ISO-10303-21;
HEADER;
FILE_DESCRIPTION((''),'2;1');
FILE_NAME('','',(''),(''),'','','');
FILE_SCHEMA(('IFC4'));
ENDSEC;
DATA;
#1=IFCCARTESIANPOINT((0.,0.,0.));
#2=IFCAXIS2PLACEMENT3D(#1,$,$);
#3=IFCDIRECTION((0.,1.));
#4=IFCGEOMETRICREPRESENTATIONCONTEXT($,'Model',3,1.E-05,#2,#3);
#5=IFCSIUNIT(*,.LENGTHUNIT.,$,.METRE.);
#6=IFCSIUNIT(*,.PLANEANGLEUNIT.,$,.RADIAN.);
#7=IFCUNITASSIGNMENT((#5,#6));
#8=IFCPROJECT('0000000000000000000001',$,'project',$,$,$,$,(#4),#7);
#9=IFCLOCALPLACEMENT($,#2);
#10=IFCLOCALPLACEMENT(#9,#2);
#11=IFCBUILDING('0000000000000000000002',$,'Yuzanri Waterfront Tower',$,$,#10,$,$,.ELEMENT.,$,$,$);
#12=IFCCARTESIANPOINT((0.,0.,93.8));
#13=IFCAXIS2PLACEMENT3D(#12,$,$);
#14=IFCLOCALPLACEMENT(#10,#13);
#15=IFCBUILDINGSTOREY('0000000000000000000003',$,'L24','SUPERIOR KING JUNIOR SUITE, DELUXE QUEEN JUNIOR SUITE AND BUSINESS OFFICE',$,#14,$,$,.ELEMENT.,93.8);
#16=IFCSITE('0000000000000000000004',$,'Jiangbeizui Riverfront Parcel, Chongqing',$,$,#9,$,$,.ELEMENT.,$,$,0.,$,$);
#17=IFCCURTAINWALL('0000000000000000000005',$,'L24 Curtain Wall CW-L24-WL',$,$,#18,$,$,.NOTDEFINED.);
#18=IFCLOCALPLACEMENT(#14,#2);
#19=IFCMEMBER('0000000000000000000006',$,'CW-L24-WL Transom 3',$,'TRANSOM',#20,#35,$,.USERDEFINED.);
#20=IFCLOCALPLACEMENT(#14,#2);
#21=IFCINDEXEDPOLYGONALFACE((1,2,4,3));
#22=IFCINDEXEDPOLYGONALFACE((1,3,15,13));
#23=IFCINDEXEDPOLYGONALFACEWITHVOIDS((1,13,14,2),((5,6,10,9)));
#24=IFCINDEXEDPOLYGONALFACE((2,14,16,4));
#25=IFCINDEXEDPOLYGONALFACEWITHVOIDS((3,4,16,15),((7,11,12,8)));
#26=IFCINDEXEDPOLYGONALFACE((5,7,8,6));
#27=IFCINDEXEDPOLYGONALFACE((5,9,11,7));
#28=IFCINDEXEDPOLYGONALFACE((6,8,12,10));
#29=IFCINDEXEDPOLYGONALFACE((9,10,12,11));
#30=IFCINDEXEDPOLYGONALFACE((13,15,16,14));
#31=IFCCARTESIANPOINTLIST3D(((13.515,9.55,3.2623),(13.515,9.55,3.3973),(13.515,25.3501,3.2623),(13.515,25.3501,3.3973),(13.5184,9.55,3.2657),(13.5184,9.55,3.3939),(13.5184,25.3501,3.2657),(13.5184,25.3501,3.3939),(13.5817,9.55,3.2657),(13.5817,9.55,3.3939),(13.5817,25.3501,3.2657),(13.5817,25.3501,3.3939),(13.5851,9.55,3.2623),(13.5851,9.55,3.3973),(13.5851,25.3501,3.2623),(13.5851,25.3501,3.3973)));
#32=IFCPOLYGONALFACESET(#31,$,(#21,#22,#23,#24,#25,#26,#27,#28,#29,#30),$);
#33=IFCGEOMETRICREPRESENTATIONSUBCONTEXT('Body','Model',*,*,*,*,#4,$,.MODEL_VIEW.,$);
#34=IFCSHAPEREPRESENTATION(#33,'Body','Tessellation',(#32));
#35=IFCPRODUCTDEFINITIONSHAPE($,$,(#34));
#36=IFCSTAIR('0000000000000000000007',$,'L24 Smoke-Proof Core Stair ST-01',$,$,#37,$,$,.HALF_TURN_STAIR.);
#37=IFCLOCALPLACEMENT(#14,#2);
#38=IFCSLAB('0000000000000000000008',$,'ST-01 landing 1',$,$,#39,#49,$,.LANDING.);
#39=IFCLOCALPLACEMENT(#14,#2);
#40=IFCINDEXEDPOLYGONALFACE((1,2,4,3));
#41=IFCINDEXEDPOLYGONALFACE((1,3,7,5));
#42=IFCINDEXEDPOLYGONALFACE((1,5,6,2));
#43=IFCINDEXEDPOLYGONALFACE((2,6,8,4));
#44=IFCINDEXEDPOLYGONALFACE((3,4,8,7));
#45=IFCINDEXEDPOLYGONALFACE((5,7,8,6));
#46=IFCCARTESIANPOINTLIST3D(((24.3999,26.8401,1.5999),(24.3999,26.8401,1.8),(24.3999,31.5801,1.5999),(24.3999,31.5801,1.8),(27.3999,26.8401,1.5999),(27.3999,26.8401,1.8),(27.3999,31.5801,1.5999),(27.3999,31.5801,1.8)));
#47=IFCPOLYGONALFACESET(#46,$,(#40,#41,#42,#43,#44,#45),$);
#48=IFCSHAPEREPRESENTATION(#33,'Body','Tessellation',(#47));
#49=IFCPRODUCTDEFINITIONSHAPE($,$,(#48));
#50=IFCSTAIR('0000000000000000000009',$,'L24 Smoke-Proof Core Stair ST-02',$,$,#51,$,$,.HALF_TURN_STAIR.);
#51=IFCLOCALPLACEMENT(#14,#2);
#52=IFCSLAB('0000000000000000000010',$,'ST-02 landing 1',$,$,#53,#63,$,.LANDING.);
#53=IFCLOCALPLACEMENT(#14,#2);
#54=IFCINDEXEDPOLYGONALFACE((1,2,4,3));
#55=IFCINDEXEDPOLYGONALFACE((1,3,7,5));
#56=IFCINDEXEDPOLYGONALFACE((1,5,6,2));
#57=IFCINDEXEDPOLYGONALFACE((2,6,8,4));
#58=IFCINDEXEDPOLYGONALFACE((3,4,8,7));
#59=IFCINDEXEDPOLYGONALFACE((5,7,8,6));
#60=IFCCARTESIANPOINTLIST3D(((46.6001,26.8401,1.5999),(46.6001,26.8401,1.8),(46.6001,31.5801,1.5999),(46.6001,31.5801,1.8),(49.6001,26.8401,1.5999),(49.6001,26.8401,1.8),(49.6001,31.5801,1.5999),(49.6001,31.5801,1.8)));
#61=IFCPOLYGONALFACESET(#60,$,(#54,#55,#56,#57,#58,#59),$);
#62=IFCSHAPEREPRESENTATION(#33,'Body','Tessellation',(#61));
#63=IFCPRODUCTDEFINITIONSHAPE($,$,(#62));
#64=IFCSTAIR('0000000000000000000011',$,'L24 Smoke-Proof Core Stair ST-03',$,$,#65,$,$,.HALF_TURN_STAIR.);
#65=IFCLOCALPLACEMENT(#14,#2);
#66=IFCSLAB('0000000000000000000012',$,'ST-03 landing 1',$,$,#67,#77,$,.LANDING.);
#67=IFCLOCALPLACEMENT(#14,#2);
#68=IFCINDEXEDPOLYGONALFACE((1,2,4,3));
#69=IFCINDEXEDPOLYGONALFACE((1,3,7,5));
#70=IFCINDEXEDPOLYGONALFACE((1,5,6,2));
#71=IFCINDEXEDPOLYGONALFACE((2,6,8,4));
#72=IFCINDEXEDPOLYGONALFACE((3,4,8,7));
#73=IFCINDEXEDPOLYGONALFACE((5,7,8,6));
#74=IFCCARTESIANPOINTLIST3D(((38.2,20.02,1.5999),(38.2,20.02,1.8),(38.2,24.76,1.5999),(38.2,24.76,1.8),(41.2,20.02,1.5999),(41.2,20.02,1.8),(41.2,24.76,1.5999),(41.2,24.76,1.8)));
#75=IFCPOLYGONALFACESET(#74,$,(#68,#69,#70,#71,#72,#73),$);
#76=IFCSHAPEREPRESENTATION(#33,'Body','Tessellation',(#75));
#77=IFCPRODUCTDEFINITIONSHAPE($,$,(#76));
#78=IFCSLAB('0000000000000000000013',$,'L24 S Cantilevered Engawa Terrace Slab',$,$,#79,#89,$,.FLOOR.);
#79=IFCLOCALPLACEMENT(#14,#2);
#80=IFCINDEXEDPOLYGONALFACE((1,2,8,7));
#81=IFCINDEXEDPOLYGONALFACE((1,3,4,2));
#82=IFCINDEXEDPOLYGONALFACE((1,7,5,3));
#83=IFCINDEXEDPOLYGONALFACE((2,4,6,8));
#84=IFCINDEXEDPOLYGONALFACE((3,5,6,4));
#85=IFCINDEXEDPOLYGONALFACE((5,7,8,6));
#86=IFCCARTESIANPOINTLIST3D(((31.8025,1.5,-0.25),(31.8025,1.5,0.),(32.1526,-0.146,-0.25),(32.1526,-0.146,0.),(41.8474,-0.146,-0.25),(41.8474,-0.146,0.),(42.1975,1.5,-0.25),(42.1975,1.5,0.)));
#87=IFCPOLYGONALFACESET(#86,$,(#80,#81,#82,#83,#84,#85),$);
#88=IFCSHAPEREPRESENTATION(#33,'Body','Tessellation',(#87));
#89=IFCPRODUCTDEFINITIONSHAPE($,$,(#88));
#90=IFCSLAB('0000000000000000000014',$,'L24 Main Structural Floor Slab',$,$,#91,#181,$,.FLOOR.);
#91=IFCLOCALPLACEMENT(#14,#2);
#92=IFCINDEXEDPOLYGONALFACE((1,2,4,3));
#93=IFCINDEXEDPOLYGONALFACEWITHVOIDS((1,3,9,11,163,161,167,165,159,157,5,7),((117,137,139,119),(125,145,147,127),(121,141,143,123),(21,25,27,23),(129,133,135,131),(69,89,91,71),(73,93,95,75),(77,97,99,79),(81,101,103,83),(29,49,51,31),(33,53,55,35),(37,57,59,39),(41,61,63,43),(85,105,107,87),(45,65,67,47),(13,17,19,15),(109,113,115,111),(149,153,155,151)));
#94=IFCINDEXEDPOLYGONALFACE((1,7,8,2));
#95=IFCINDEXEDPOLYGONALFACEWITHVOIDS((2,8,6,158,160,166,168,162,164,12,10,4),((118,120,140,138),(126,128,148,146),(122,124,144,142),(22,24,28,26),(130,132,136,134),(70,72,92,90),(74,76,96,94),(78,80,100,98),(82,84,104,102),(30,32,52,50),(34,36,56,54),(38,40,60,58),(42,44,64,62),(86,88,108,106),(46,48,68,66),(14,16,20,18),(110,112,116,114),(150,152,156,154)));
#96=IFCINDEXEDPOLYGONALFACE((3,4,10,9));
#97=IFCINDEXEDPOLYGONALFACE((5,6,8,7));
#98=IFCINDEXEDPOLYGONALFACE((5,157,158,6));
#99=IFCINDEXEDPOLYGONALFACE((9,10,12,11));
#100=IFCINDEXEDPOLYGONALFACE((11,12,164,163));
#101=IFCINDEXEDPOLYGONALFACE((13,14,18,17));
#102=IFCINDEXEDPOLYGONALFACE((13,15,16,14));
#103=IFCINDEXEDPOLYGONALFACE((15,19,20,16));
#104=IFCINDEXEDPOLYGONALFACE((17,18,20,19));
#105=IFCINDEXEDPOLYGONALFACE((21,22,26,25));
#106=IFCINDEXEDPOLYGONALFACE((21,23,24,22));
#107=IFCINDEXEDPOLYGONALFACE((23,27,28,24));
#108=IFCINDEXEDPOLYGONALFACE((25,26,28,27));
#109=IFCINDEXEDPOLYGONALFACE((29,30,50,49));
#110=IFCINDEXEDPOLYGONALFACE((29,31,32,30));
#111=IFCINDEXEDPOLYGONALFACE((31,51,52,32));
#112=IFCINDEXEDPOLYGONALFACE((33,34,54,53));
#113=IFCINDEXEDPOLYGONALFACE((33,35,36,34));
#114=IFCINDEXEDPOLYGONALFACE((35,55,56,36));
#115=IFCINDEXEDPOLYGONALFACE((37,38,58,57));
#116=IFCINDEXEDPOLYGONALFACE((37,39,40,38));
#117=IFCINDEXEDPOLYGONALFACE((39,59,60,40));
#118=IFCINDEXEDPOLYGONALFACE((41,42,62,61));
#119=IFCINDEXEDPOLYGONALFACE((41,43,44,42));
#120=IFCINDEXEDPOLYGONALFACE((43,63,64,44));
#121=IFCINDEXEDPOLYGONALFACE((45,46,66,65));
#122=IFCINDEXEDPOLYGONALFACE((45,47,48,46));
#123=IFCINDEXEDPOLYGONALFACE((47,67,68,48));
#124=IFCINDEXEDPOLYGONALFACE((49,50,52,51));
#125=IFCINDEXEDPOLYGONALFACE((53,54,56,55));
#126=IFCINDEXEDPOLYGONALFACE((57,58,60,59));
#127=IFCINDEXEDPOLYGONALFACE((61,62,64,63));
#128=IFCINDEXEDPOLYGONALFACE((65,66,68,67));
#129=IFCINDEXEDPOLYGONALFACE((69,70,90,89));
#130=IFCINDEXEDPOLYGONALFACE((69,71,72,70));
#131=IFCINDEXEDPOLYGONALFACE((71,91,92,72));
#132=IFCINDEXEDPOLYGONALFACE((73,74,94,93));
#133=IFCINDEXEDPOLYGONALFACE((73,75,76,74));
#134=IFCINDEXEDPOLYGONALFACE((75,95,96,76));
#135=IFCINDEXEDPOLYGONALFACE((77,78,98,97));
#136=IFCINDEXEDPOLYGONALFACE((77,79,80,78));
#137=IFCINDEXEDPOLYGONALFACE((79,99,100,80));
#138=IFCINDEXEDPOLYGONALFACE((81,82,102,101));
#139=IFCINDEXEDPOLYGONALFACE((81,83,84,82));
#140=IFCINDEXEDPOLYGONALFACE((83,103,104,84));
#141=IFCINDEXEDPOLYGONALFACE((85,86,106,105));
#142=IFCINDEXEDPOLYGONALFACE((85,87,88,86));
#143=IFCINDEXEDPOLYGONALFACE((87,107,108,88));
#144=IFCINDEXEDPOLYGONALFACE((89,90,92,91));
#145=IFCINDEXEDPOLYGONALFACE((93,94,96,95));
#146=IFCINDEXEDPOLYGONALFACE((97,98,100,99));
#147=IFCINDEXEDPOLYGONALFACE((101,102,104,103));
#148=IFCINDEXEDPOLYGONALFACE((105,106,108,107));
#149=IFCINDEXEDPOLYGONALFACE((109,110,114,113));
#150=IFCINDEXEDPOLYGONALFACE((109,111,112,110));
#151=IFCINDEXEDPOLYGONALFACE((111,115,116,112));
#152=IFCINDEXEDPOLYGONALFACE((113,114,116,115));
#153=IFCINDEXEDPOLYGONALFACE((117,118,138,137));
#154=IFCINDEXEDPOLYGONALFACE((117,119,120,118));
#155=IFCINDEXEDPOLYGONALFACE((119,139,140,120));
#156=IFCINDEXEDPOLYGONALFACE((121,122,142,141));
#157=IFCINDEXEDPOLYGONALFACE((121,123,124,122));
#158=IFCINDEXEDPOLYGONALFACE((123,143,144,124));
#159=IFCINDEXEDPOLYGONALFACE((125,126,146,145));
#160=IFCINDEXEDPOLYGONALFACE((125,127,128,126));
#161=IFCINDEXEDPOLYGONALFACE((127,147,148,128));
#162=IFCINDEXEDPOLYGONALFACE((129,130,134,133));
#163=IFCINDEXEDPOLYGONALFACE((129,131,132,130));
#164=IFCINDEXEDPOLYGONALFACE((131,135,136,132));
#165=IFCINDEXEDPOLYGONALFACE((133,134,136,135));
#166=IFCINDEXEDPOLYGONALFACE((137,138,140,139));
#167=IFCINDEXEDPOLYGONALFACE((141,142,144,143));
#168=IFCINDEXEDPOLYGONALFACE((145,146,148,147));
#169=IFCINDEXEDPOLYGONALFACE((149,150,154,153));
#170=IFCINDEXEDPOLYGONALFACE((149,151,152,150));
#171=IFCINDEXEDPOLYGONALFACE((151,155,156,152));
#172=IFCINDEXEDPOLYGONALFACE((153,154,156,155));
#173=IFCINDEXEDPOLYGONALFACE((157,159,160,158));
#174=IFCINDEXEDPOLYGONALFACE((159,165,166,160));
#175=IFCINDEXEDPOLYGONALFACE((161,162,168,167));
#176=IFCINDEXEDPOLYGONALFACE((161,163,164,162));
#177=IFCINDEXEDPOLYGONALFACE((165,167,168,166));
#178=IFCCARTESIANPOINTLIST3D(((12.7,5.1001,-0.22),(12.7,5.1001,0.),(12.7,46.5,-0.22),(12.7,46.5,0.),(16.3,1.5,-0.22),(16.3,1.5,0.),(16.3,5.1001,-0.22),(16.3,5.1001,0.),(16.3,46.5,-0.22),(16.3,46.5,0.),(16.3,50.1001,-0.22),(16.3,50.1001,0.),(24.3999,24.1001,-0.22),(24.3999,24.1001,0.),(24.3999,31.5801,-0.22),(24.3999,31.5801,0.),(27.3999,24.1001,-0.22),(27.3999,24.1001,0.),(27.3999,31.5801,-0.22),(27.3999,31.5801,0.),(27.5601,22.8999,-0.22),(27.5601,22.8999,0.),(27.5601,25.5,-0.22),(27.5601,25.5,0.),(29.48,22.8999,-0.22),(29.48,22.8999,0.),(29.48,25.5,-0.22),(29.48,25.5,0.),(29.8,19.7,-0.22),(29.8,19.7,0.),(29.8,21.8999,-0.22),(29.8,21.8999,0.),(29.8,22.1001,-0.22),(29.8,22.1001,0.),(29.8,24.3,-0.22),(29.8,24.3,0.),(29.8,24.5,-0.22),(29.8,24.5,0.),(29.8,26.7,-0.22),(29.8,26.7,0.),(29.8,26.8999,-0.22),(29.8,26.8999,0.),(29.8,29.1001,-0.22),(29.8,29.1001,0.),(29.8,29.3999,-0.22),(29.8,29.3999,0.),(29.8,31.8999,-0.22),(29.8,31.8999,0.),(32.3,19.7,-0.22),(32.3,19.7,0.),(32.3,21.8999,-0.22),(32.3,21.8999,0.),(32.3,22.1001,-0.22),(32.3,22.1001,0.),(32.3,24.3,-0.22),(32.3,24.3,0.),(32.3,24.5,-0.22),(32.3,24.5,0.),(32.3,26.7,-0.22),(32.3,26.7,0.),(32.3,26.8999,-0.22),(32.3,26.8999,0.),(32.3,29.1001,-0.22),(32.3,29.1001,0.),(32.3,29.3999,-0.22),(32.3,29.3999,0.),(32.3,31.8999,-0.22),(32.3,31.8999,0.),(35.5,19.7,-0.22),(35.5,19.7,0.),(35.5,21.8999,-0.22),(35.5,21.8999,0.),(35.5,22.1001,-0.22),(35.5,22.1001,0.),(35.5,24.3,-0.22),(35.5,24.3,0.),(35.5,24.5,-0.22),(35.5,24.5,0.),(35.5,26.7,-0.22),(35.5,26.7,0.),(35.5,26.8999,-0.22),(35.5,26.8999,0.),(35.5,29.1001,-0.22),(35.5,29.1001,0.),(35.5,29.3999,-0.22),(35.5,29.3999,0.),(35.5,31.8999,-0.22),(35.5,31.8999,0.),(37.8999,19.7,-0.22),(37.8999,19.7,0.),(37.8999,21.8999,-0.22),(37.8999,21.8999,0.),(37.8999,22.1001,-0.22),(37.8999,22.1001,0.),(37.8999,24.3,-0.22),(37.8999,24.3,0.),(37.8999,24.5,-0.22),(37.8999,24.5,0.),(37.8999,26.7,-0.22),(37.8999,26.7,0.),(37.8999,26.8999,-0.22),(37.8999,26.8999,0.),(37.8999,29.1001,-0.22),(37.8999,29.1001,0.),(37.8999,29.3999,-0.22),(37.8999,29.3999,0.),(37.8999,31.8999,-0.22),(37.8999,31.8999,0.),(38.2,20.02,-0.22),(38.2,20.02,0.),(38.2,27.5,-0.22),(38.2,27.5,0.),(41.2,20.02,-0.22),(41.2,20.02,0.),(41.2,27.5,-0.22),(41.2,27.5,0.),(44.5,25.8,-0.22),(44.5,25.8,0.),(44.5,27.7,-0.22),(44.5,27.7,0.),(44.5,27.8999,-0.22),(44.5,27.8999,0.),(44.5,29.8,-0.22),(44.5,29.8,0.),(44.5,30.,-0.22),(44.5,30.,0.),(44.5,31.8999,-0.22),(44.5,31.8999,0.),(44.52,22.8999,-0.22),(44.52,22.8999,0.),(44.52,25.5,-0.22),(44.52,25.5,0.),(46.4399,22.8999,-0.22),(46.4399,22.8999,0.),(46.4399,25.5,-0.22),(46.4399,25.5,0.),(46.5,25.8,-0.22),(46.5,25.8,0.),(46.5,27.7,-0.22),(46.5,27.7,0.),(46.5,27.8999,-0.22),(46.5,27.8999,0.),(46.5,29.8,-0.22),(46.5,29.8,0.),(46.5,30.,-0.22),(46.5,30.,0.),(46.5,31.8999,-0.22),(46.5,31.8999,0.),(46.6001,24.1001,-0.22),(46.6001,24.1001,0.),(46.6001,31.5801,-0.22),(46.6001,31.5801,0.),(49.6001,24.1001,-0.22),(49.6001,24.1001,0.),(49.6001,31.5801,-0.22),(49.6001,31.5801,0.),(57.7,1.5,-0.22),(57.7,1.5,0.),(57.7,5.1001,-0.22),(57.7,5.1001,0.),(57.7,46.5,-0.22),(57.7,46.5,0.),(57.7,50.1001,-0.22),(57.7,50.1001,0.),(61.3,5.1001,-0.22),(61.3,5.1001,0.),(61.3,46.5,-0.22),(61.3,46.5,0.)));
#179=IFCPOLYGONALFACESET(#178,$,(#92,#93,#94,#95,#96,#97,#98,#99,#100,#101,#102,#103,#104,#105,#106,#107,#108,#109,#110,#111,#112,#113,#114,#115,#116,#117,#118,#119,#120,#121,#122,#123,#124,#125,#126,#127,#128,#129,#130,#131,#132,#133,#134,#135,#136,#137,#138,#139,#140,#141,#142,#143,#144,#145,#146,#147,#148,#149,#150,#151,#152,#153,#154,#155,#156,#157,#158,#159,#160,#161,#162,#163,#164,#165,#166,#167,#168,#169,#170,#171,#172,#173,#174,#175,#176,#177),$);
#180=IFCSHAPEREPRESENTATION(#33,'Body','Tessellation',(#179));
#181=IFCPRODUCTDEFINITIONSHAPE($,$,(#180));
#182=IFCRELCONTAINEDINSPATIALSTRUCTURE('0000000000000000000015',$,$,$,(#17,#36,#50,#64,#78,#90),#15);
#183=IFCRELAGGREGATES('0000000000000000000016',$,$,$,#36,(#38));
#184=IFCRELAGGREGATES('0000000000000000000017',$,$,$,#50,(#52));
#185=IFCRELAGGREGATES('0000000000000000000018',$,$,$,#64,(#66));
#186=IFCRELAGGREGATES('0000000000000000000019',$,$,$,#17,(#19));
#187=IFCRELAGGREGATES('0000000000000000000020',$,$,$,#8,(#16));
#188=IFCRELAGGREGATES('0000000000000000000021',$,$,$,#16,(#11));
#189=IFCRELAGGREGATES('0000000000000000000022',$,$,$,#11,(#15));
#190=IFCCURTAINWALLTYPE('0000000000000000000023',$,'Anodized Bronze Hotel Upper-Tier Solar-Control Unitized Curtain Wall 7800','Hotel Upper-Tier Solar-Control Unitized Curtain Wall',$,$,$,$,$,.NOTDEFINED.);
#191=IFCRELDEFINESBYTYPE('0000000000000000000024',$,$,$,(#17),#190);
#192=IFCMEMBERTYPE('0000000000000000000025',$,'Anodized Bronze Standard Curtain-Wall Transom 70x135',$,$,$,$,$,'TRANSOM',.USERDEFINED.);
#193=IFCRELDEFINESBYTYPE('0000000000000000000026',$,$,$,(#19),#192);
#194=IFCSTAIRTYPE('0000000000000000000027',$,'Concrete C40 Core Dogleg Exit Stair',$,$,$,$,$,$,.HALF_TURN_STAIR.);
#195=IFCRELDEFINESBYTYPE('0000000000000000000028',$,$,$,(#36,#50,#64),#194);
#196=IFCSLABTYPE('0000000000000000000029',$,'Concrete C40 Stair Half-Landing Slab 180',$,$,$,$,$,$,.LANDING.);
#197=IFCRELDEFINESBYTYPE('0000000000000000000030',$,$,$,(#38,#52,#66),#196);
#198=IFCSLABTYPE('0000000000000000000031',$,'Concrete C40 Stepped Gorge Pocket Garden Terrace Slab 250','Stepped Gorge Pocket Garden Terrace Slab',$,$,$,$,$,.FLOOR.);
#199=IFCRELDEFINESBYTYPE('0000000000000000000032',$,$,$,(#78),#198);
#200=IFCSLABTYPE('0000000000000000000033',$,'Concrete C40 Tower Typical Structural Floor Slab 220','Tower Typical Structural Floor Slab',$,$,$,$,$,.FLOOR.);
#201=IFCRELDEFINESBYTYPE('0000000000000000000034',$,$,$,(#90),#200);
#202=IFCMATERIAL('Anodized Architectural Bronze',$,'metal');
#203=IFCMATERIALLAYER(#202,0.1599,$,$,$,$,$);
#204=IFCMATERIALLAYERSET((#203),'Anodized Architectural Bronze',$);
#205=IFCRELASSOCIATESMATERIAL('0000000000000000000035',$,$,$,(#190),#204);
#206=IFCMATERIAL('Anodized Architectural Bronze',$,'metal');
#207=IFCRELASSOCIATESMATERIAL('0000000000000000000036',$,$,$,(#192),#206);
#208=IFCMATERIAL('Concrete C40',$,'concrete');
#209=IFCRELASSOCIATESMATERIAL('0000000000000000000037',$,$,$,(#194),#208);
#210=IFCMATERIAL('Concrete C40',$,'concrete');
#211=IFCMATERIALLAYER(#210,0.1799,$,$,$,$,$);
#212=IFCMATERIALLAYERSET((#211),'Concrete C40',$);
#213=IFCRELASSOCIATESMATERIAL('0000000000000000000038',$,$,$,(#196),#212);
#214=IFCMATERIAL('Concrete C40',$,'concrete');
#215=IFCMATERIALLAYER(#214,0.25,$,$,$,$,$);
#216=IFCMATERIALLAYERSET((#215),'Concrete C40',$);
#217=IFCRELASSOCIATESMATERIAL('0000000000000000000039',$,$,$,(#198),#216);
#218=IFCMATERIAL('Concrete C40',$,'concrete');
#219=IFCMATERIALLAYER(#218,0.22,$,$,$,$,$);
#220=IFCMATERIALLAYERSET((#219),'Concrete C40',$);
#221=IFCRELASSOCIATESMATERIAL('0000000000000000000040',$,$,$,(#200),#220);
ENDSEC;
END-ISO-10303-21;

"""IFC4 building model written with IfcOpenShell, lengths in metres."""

from ifc_helpers import new_model, si_unit, direction, frame, origin, origin_2d, place, context, subcontext, project, spatial, polyline, hollow_rectangle, outline, extrude, source, transform, mapped, material, layer, layer_set, material_profile, profile_set, type_object, element, aggregate, save


model = new_model("IFC4")

# Units and contexts
model_context = context("Model", 3, precision=1e-05, world=origin(), true_north=direction((0.0, 1.0)))
body_context = subcontext(model_context, "Body", "Model", "MODEL_VIEW")
ifc_project = project(units=[si_unit("LENGTHUNIT", "METRE"), si_unit("PLANEANGLEUNIT", "RADIAN")], contexts=[model_context])

# Site, building, storey
site_placement = place(None, origin())
site = spatial("IfcSite", under=ifc_project, at=site_placement, Name="Jiangbeizui Riverfront Parcel, Chongqing", CompositionType="ELEMENT", RefElevation=0.0)
building_placement = place(site_placement, origin())
building = spatial("IfcBuilding", under=site, at=building_placement, Name="Yuzanri Waterfront Tower", CompositionType="ELEMENT")
storey_placement = place(building_placement, frame((0.0, 0.0, 93.8)))
storey = spatial("IfcBuildingStorey", under=building, at=storey_placement, Name="L24", Description="SUPERIOR KING JUNIOR SUITE, DELUXE QUEEN JUNIOR SUITE AND BUSINESS OFFICE", CompositionType="ELEMENT", Elevation=93.8)

# Curtain wall, member
ifc_material_1 = material(Name="Anodized Architectural Bronze", Category="metal")
ifc_layer_1 = layer(ifc_material_1, 0.1599)
ifc_layer_set_1 = layer_set([ifc_layer_1], Name="Anodized Architectural Bronze")
curtain_wall_type = type_object("IfcCurtainWallType", Name="Anodized Bronze Hotel Upper-Tier Solar-Control Unitized Curtain Wall 7800", Description="Hotel Upper-Tier Solar-Control Unitized Curtain Wall", PredefinedType="NOTDEFINED", material=ifc_layer_set_1)
curtain_wall_placement = place(storey_placement, origin())
curtain_wall = element("IfcCurtainWall", 1, at=curtain_wall_placement, inside=storey, type_object=curtain_wall_type, Name="L24 Curtain Wall CW-L24-WL", PredefinedType="NOTDEFINED")
ifc_material_2 = material(Name="Anodized Architectural Bronze", Category="metal")
ifc_material_profile_1 = material_profile(ifc_material_2, hollow_rectangle(XDim=0.0701, YDim=0.135, WallThickness=0.0034, at=origin_2d()), Name="CWT 70x135")
ifc_profile_set_1 = profile_set([ifc_material_profile_1], Name="Anodized Architectural Bronze")
member_type_1 = type_object("IfcMemberType", Name="Anodized Bronze Standard Curtain-Wall Transom 70x135", ElementType="TRANSOM", PredefinedType="USERDEFINED", material=ifc_profile_set_1)
shared_shape_1 = source(origin(), body_context, "Body", "SweptSolid", [
    extrude(hollow_rectangle(XDim=0.0701, YDim=0.135, WallThickness=0.0034, at=origin_2d()), origin(), (0.0, 0.0, 1.0), 15.8),
])
member_1_placement = place(storey_placement, frame((13.55, 9.55, 3.3298), z_axis=(0.0, 1.0, 0.0), x_axis=(-1.0, 0.0, 0.0)))
member_1 = element("IfcMember", 2, at=member_1_placement, type_object=member_type_1, Name="CW-L24-WL Transom 3", ObjectType="TRANSOM", PredefinedType="USERDEFINED", context=body_context, shape_type="MappedRepresentation", body=[
    mapped(shared_shape_1, transform((0.0, 0.0, 0.0), scale=1.0)),
])

# Stairs, slabs
ifc_material_3 = material(Name="Concrete C40", Category="concrete")
stair_type = type_object("IfcStairType", Name="Concrete C40 Core Dogleg Exit Stair", PredefinedType="HALF_TURN_STAIR", material=ifc_material_3)
stair_1_placement = place(storey_placement, origin())
stair_1 = element("IfcStair", 3, at=stair_1_placement, inside=storey, type_object=stair_type, Name="L24 Smoke-Proof Core Stair ST-01", PredefinedType="HALF_TURN_STAIR")
ifc_material_4 = material(Name="Concrete C40", Category="concrete")
ifc_layer_2 = layer(ifc_material_4, 0.1799)
ifc_layer_set_2 = layer_set([ifc_layer_2], Name="Concrete C40")
slab_type_1 = type_object("IfcSlabType", Name="Concrete C40 Stair Half-Landing Slab 180", PredefinedType="LANDING", material=ifc_layer_set_2)
slab_1_placement = place(storey_placement, frame((0.0, 0.0, 1.5999)))
slab_1 = element("IfcSlab", 4, at=slab_1_placement, type_object=slab_type_1, Name="ST-01 landing 1", PredefinedType="LANDING", context=body_context, shape_type="SweptSolid", body=[
    extrude(outline(polyline([(27.3999, 26.8401), (27.3999, 31.5801), (24.3999, 31.5801), (24.3999, 26.8401), (27.3999, 26.8401)])), origin(), (0.0, 0.0, 1.0), 0.2002),
])
aggregate(stair_1, [slab_1])
stair_2_placement = place(storey_placement, origin())
stair_2 = element("IfcStair", 5, at=stair_2_placement, inside=storey, type_object=stair_type, Name="L24 Smoke-Proof Core Stair ST-02", PredefinedType="HALF_TURN_STAIR")
slab_2_placement = place(storey_placement, frame((0.0, 0.0, 1.5999)))
slab_2 = element("IfcSlab", 6, at=slab_2_placement, type_object=slab_type_1, Name="ST-02 landing 1", PredefinedType="LANDING", context=body_context, shape_type="SweptSolid", body=[
    extrude(outline(polyline([(49.6001, 26.8401), (49.6001, 31.5801), (46.6001, 31.5801), (46.6001, 26.8401), (49.6001, 26.8401)])), origin(), (0.0, 0.0, 1.0), 0.2002),
])
aggregate(stair_2, [slab_2])
stair_3_placement = place(storey_placement, origin())
stair_3 = element("IfcStair", 7, at=stair_3_placement, inside=storey, type_object=stair_type, Name="L24 Smoke-Proof Core Stair ST-03", PredefinedType="HALF_TURN_STAIR")
slab_3_placement = place(storey_placement, frame((0.0, 0.0, 1.5999)))
slab_3 = element("IfcSlab", 8, at=slab_3_placement, type_object=slab_type_1, Name="ST-03 landing 1", PredefinedType="LANDING", context=body_context, shape_type="SweptSolid", body=[
    extrude(outline(polyline([(38.2, 24.76), (38.2, 20.02), (41.2, 20.02), (41.2, 24.76), (38.2, 24.76)])), origin(), (0.0, 0.0, 1.0), 0.2002),
])
aggregate(stair_3, [slab_3])

# Slabs
ifc_material_5 = material(Name="Concrete C40", Category="concrete")
ifc_layer_3 = layer(ifc_material_5, 0.25)
ifc_layer_set_3 = layer_set([ifc_layer_3], Name="Concrete C40")
slab_type_2 = type_object("IfcSlabType", Name="Concrete C40 Stepped Gorge Pocket Garden Terrace Slab 250", Description="Stepped Gorge Pocket Garden Terrace Slab", PredefinedType="FLOOR", material=ifc_layer_set_3)
slab_4_placement = place(storey_placement, frame((0.0, 0.0, -0.25)))
element("IfcSlab", 9, at=slab_4_placement, inside=storey, type_object=slab_type_2, Name="L24 S Cantilevered Engawa Terrace Slab", PredefinedType="FLOOR", context=body_context, shape_type="SweptSolid", body=[
    extrude(outline(polyline([(31.8025, 1.5), (42.1975, 1.5), (41.8474, -0.146), (32.1526, -0.146), (31.8025, 1.5)])), origin(), (0.0, 0.0, 1.0), 0.25),
])
ifc_material_6 = material(Name="Concrete C40", Category="concrete")
ifc_layer_4 = layer(ifc_material_6, 0.22)
ifc_layer_set_4 = layer_set([ifc_layer_4], Name="Concrete C40")
slab_type_3 = type_object("IfcSlabType", Name="Concrete C40 Tower Typical Structural Floor Slab 220", Description="Tower Typical Structural Floor Slab", PredefinedType="FLOOR", material=ifc_layer_set_4)
slab_5_placement = place(storey_placement, frame((0.0, 0.0, -0.22)))
element("IfcSlab", 10, at=slab_5_placement, inside=storey, type_object=slab_type_3, Name="L24 Main Structural Floor Slab", PredefinedType="FLOOR", context=body_context, shape_type="SweptSolid", body=[
    extrude(outline(polyline([(16.3, 1.5), (57.7, 1.5), (57.7, 5.1001), (61.3, 5.1001), (61.3, 46.5), (57.7, 46.5), (57.7, 50.1001), (16.3, 50.1001), (16.3, 46.5), (12.7, 46.5), (12.7, 5.1001), (16.3, 5.1001), (16.3, 1.5)]), holes=[polyline([(27.3999, 24.1001), (27.3999, 31.5801), (24.3999, 31.5801), (24.3999, 24.1001), (27.3999, 24.1001)]), polyline([(49.6001, 24.1001), (49.6001, 31.5801), (46.6001, 31.5801), (46.6001, 24.1001), (49.6001, 24.1001)]), polyline([(38.2, 27.5), (38.2, 20.02), (41.2, 20.02), (41.2, 27.5), (38.2, 27.5)]), polyline([(27.5601, 22.8999), (29.48, 22.8999), (29.48, 25.5), (27.5601, 25.5), (27.5601, 22.8999)]), polyline([(44.52, 22.8999), (46.4399, 22.8999), (46.4399, 25.5), (44.52, 25.5), (44.52, 22.8999)]), polyline([(29.8, 19.7), (32.3, 19.7), (32.3, 21.8999), (29.8, 21.8999), (29.8, 19.7)]), polyline([(29.8, 22.1001), (32.3, 22.1001), (32.3, 24.3), (29.8, 24.3), (29.8, 22.1001)]), polyline([(29.8, 24.5), (32.3, 24.5), (32.3, 26.7), (29.8, 26.7), (29.8, 24.5)]), polyline([(29.8, 26.8999), (32.3, 26.8999), (32.3, 29.1001), (29.8, 29.1001), (29.8, 26.8999)]), polyline([(29.8, 29.3999), (32.3, 29.3999), (32.3, 31.8999), (29.8, 31.8999), (29.8, 29.3999)]), polyline([(35.5, 19.7), (37.8999, 19.7), (37.8999, 21.8999), (35.5, 21.8999), (35.5, 19.7)]), polyline([(35.5, 22.1001), (37.8999, 22.1001), (37.8999, 24.3), (35.5, 24.3), (35.5, 22.1001)]), polyline([(35.5, 24.5), (37.8999, 24.5), (37.8999, 26.7), (35.5, 26.7), (35.5, 24.5)]), polyline([(35.5, 26.8999), (37.8999, 26.8999), (37.8999, 29.1001), (35.5, 29.1001), (35.5, 26.8999)]), polyline([(35.5, 29.3999), (37.8999, 29.3999), (37.8999, 31.8999), (35.5, 31.8999), (35.5, 29.3999)]), polyline([(44.5, 25.8), (46.5, 25.8), (46.5, 27.7), (44.5, 27.7), (44.5, 25.8)]), polyline([(44.5, 27.8999), (46.5, 27.8999), (46.5, 29.8), (44.5, 29.8), (44.5, 27.8999)]), polyline([(44.5, 30.0), (46.5, 30.0), (46.5, 31.8999), (44.5, 31.8999), (44.5, 30.0)])]), origin(), (0.0, 0.0, 1.0), 0.22),
])

aggregate(curtain_wall, [member_1])

save(model, "model.ifc")
